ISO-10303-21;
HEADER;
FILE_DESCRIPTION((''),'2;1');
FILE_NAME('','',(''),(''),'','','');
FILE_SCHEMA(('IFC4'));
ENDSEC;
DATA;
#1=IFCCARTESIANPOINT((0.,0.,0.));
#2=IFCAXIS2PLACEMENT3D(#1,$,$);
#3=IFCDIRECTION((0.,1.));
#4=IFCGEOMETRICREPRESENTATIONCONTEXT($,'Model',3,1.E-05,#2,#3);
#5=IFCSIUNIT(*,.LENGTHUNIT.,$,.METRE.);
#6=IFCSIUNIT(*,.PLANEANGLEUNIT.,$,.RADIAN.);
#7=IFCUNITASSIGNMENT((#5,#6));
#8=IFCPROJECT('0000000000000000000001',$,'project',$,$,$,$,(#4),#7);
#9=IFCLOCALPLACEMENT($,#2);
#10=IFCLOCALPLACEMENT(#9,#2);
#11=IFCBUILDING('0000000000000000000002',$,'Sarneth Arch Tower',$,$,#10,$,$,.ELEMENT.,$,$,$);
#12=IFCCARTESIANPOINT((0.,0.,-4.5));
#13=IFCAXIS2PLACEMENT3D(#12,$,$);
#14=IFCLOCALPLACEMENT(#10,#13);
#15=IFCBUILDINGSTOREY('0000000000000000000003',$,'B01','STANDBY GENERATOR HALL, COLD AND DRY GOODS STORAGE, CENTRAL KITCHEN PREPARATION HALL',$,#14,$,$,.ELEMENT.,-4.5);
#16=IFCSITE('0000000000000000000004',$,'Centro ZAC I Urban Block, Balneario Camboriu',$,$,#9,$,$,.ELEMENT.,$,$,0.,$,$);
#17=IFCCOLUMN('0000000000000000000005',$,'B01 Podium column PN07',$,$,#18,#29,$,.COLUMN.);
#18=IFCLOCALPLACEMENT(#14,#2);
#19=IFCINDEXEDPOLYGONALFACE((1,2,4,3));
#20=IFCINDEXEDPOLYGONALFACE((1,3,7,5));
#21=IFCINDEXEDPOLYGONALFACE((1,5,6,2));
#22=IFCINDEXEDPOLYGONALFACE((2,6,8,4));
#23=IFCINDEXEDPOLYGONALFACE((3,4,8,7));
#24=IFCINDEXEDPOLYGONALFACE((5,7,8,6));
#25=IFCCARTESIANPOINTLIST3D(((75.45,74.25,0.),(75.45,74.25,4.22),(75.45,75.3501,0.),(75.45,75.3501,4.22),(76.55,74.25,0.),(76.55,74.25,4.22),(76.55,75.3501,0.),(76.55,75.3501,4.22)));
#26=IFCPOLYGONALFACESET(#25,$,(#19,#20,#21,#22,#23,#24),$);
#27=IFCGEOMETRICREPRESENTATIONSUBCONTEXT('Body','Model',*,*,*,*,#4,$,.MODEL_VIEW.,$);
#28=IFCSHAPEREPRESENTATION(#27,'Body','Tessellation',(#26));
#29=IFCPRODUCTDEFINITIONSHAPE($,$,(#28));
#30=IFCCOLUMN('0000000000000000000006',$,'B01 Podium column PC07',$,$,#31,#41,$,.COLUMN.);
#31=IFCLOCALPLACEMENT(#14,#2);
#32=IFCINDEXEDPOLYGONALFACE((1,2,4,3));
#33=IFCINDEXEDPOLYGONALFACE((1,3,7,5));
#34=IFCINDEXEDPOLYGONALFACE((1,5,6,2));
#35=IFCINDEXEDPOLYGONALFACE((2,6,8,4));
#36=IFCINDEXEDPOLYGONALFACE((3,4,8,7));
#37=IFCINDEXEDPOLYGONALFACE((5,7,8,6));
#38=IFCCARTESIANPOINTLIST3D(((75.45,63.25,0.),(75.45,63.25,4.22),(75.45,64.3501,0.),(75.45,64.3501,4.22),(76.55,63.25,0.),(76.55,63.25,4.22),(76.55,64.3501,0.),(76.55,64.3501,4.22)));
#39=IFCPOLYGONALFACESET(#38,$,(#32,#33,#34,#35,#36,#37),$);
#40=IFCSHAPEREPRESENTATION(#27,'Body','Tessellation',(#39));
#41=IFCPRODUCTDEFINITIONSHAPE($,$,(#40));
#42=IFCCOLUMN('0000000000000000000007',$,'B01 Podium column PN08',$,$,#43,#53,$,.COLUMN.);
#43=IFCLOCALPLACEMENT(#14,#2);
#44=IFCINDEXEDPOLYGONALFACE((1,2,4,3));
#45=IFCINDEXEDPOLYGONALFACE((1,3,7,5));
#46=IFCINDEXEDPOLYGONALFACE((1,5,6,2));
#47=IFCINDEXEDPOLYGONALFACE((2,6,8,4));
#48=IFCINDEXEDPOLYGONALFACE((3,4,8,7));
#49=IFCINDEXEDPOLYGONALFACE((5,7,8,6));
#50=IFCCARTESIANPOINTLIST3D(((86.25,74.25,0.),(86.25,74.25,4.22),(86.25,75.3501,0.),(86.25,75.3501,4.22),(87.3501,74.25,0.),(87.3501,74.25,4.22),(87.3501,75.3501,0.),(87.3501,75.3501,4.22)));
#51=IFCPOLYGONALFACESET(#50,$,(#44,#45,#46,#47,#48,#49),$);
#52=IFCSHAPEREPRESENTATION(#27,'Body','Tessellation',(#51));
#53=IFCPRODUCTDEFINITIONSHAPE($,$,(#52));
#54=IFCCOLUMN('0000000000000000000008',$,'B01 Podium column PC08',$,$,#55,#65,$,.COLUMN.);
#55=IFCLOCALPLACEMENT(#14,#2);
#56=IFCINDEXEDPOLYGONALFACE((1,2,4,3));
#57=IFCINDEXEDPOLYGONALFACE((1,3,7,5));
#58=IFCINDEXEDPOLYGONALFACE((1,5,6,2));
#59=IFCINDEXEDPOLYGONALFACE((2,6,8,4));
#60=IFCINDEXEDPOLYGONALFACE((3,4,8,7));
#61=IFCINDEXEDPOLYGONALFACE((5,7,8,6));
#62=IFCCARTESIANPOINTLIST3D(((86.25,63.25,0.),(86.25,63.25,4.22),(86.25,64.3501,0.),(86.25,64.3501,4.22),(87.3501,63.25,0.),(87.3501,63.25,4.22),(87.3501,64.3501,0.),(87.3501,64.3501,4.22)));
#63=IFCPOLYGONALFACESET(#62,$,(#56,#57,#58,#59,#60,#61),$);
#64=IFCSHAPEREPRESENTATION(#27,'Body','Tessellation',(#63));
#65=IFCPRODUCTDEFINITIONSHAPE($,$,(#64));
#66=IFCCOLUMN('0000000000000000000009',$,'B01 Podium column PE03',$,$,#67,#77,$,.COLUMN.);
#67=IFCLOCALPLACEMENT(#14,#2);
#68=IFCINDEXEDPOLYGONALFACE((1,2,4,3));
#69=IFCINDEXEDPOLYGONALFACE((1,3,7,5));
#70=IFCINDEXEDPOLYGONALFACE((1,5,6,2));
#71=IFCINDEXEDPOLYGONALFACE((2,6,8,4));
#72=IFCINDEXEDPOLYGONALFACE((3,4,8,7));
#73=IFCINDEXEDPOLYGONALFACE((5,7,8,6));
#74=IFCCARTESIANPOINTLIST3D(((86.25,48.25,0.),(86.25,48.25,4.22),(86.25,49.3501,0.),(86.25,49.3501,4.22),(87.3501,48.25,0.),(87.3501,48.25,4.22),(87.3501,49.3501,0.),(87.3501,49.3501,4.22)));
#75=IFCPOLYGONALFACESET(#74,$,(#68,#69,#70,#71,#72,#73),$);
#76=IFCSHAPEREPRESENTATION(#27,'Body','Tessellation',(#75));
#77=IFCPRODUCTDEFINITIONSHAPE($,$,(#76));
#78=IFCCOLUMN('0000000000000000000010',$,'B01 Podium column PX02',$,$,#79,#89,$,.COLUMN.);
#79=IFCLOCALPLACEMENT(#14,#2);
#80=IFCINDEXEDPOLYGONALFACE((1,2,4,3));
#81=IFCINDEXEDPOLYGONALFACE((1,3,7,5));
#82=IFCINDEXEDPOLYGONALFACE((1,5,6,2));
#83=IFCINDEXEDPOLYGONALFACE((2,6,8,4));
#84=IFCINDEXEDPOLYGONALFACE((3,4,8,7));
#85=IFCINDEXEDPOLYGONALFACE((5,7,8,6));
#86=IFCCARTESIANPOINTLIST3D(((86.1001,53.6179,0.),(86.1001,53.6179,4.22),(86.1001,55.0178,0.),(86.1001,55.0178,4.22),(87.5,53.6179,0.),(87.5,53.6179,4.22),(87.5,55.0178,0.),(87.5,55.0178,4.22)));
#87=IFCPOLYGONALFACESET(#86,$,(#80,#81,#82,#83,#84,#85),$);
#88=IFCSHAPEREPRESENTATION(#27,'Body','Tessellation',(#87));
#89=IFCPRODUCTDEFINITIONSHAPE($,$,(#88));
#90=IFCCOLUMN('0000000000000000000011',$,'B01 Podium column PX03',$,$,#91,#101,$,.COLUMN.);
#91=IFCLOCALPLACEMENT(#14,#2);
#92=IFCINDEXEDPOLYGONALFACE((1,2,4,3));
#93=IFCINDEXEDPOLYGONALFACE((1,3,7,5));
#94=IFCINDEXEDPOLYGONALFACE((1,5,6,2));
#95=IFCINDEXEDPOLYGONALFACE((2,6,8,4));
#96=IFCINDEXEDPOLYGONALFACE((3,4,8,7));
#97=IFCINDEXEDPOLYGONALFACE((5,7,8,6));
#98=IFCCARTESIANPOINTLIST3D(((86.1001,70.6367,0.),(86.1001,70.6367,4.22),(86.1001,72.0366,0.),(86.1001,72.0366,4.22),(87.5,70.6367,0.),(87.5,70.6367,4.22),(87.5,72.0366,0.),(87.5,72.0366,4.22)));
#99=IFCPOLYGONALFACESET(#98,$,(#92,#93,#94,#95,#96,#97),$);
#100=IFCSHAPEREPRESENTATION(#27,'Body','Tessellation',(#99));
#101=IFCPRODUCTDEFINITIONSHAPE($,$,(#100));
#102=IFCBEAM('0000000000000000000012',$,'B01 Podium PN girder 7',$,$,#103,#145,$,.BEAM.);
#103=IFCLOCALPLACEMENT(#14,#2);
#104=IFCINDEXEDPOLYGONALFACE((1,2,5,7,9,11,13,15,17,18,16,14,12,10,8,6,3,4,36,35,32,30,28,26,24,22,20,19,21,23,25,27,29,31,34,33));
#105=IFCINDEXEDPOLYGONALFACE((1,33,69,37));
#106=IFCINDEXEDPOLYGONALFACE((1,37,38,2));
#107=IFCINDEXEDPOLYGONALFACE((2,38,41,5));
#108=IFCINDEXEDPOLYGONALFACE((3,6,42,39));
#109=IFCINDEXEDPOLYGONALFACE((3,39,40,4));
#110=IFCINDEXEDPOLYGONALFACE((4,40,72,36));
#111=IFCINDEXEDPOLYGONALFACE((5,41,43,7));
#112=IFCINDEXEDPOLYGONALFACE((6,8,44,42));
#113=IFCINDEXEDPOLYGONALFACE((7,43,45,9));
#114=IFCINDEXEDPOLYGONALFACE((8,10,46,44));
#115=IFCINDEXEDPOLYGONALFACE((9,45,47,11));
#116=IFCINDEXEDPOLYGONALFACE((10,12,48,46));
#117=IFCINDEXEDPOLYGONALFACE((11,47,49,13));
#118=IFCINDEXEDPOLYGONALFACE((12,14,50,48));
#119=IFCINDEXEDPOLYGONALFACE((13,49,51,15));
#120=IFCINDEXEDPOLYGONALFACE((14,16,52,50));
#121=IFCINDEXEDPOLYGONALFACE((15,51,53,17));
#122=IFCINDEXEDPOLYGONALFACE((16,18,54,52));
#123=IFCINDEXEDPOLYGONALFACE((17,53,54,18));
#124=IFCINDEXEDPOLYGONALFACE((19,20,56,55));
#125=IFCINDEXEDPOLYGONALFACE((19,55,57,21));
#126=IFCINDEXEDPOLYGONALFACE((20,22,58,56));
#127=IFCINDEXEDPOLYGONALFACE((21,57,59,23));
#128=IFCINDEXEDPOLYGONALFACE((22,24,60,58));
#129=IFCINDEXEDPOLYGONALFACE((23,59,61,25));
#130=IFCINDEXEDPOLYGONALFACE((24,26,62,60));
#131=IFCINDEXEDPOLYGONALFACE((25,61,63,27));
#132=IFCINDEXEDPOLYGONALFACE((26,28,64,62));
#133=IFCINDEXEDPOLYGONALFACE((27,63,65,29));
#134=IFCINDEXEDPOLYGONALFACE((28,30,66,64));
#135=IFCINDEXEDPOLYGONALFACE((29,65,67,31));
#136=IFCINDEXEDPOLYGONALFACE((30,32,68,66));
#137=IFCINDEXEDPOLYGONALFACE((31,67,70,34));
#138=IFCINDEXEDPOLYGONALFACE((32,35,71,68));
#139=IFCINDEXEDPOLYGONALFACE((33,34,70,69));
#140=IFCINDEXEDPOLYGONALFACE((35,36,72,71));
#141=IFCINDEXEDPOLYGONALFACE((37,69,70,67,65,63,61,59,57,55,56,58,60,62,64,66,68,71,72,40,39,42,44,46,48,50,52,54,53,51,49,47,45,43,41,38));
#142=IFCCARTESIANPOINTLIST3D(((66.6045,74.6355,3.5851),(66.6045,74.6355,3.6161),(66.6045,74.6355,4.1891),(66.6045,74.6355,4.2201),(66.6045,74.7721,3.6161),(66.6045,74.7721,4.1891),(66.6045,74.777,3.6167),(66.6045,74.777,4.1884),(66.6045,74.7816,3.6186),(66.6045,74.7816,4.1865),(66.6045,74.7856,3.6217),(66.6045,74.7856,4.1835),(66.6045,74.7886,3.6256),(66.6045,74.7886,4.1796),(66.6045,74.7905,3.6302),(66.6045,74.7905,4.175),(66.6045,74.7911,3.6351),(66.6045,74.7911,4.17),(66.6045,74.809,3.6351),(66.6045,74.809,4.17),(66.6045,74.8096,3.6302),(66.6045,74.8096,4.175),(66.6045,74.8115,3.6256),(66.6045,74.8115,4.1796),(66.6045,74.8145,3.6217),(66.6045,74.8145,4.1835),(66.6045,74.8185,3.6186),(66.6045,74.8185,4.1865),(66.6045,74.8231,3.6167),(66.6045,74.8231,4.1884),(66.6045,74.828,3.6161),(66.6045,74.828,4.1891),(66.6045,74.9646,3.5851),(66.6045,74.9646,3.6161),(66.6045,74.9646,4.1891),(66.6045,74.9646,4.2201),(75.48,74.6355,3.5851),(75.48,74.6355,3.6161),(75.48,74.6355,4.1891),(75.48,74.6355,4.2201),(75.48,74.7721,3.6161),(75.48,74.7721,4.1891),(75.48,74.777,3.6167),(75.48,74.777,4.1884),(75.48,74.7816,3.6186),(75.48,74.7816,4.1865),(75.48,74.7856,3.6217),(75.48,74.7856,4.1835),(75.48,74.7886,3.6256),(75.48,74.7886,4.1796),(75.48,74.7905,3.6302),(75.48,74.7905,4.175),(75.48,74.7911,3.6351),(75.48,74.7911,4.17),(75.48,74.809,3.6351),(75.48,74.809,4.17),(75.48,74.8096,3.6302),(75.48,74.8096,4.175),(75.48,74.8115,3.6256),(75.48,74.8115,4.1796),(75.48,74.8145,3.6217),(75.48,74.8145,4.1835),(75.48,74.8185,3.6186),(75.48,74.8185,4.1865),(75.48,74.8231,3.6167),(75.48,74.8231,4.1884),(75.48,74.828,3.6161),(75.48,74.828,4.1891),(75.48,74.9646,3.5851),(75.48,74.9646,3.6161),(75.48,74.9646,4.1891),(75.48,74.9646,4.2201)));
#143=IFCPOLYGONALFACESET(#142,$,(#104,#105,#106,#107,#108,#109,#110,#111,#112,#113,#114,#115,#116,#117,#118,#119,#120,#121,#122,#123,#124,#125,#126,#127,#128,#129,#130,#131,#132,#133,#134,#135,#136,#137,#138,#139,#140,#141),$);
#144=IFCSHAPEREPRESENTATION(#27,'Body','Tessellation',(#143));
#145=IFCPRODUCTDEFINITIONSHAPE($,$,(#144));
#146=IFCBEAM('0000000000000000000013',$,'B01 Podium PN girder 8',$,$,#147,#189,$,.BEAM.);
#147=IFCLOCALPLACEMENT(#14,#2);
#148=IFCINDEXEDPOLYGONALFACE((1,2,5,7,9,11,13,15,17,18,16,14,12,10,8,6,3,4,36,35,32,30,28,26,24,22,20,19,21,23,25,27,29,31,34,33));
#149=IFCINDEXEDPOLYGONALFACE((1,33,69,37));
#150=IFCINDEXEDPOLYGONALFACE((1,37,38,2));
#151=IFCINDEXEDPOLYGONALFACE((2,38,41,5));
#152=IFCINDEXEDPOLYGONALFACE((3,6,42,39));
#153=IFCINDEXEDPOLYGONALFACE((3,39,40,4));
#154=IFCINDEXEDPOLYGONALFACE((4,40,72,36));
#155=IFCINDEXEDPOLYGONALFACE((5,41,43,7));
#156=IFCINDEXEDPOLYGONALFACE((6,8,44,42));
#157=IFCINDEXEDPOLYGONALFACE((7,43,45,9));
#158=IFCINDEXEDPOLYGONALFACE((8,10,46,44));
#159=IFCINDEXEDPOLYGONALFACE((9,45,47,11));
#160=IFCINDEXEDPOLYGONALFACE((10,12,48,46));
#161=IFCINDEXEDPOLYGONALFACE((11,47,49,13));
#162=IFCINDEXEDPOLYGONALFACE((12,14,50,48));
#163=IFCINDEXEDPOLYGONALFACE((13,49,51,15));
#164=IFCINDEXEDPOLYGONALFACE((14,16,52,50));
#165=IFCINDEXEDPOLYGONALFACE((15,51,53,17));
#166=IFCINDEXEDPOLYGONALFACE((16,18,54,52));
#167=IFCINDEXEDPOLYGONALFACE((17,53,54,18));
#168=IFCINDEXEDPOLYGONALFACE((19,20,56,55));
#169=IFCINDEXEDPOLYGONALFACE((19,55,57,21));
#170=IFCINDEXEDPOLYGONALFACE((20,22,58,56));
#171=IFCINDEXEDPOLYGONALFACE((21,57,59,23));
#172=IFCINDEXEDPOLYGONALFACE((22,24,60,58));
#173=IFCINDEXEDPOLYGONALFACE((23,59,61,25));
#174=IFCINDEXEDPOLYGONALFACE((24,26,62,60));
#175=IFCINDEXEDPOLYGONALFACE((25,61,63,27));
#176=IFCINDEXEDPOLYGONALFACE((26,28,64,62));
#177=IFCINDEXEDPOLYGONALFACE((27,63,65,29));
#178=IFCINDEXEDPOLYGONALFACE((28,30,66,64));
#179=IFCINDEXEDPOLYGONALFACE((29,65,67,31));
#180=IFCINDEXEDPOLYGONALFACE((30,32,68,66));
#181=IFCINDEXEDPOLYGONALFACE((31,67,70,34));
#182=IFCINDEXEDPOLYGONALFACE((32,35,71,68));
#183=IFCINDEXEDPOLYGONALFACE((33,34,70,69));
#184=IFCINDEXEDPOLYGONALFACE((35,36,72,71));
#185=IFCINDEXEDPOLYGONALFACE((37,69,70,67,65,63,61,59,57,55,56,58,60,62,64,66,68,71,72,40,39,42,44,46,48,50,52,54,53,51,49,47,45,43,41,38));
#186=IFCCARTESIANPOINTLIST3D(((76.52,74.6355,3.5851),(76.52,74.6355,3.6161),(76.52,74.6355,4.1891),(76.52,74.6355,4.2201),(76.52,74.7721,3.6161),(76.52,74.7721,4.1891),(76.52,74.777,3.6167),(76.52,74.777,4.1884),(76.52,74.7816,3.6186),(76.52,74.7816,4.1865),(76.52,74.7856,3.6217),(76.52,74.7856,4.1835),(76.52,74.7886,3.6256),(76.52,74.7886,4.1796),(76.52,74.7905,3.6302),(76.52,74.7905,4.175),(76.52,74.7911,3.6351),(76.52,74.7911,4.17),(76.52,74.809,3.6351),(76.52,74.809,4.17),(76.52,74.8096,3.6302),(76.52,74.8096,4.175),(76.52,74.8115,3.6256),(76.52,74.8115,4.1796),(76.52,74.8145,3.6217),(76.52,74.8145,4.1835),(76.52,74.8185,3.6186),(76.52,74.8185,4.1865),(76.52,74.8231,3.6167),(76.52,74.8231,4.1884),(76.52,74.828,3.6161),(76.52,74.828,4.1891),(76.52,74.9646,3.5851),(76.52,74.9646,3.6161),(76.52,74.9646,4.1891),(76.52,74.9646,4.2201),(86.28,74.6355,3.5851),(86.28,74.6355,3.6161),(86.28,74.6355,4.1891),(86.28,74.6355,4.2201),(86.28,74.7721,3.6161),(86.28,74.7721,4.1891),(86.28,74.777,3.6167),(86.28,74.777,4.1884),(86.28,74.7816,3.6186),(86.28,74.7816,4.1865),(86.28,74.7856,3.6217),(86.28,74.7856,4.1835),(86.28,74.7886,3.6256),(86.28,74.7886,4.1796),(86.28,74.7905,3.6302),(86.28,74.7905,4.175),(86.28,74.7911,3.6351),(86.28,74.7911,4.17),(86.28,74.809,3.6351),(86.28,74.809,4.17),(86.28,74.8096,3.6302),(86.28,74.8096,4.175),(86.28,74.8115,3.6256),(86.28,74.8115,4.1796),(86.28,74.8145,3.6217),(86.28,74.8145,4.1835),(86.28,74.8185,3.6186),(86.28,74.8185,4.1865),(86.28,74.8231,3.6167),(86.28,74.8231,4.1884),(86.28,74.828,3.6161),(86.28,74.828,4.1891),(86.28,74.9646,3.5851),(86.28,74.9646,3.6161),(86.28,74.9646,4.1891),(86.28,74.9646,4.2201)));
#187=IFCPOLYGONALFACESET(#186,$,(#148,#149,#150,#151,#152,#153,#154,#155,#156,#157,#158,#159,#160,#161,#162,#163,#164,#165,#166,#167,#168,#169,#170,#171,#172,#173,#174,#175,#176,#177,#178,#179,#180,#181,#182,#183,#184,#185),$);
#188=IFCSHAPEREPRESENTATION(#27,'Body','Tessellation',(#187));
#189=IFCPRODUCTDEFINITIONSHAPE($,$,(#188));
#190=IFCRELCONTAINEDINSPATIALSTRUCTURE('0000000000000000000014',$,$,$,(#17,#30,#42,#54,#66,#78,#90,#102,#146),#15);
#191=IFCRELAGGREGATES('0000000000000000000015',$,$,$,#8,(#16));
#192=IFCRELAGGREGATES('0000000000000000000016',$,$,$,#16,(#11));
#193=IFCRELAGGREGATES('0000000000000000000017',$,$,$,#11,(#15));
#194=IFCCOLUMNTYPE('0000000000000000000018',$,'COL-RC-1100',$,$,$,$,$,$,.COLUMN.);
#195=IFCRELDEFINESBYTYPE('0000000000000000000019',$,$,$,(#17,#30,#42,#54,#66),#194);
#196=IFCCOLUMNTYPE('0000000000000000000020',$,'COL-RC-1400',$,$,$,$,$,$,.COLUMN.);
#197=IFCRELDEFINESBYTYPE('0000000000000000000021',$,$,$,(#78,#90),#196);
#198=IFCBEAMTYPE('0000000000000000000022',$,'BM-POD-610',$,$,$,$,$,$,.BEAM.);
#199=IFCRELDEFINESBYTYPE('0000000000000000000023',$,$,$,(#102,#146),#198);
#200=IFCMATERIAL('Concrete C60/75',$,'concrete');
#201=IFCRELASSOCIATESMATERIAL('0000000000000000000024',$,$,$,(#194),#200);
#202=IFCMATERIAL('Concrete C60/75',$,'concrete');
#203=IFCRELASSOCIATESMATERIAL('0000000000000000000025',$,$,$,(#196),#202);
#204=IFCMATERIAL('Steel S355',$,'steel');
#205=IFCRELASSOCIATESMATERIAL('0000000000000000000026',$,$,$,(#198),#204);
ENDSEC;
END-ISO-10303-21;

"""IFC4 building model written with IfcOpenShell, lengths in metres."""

from ifc_helpers import new_model, si_unit, direction, frame, origin, origin_2d, place, context, subcontext, project, spatial, rectangle, i_section, extrude, material, material_profile, profile_set, type_object, element, save


model = new_model("IFC4")

# Units and contexts
model_context = context("Model", 3, precision=1e-05, world=origin(), true_north=direction((0.0, 1.0)))
body_context = subcontext(model_context, "Body", "Model", "MODEL_VIEW")
ifc_project = project(units=[si_unit("LENGTHUNIT", "METRE"), si_unit("PLANEANGLEUNIT", "RADIAN")], contexts=[model_context])

# Site, building, storey
site_placement = place(None, origin())
site = spatial("IfcSite", under=ifc_project, at=site_placement, Name="Centro ZAC I Urban Block, Balneario Camboriu", CompositionType="ELEMENT", RefElevation=0.0)
building_placement = place(site_placement, origin())
building = spatial("IfcBuilding", under=site, at=building_placement, Name="Sarneth Arch Tower", CompositionType="ELEMENT")
storey_placement = place(building_placement, frame((0.0, 0.0, -4.5)))
storey = spatial("IfcBuildingStorey", under=building, at=storey_placement, Name="B01", Description="STANDBY GENERATOR HALL, COLD AND DRY GOODS STORAGE, CENTRAL KITCHEN PREPARATION HALL", CompositionType="ELEMENT", Elevation=-4.5)

# Columns
ifc_material_1 = material(Name="Concrete C60/75", Category="concrete")
ifc_material_profile_1 = material_profile(ifc_material_1, rectangle(XDim=1.1001, YDim=1.1001, at=origin_2d()), Name="RC-1100x1100")
ifc_profile_set_1 = profile_set([ifc_material_profile_1], Name="Concrete C60/75")
column_type_1 = type_object("IfcColumnType", Name="COL-RC-1100", PredefinedType="COLUMN", material=ifc_profile_set_1)
for number, where, z_axis, x_axis, name in (
    (1, (76.0, 74.8, 0.0), (0.0, 0.0, 1.0), (1.0, 0.0, 0.0), "B01 Podium column PN07"),
    (2, (76.0, 63.8, 0.0), (0.0, 0.0, 1.0), (1.0, 0.0, 0.0), "B01 Podium column PC07"),
    (3, (86.8, 74.8, 0.0), (0.0, 0.0, 1.0), (1.0, 0.0, 0.0), "B01 Podium column PN08"),
    (4, (86.8, 63.8, 0.0), (0.0, 0.0, 1.0), (1.0, 0.0, 0.0), "B01 Podium column PC08"),
    (5, (86.8, 48.8, 0.0), (0.0, 0.0, 1.0), (1.0, 0.0, 0.0), "B01 Podium column PE03"),
):
    element("IfcColumn", number, at=place(storey_placement, frame(where, z_axis=z_axis, x_axis=x_axis)), inside=storey, type_object=column_type_1, Name=name, PredefinedType="COLUMN", context=body_context, shape_type="SweptSolid", body=[
        extrude(rectangle(XDim=1.1001, YDim=1.1001, at=origin_2d()), origin(), (0.0, 0.0, 1.0), 4.22),
    ])
ifc_material_2 = material(Name="Concrete C60/75", Category="concrete")
ifc_material_profile_2 = material_profile(ifc_material_2, rectangle(XDim=1.3999, YDim=1.3999, at=origin_2d()), Name="RC-1400x1400")
ifc_profile_set_2 = profile_set([ifc_material_profile_2], Name="Concrete C60/75")
column_type_2 = type_object("IfcColumnType", Name="COL-RC-1400", PredefinedType="COLUMN", material=ifc_profile_set_2)
for number, where, z_axis, x_axis, name in (
    (6, (86.8, 54.3179, 0.0), (0.0, 0.0, 1.0), (1.0, 0.0, 0.0), "B01 Podium column PX02"),
    (7, (86.8, 71.3367, 0.0), (0.0, 0.0, 1.0), (1.0, 0.0, 0.0), "B01 Podium column PX03"),
):
    element("IfcColumn", number, at=place(storey_placement, frame(where, z_axis=z_axis, x_axis=x_axis)), inside=storey, type_object=column_type_2, Name=name, PredefinedType="COLUMN", context=body_context, shape_type="SweptSolid", body=[
        extrude(rectangle(XDim=1.3999, YDim=1.3999, at=origin_2d()), origin(), (0.0, 0.0, 1.0), 4.22),
    ])

# Beams
ifc_material_3 = material(Name="Steel S355", Category="steel")
ifc_material_profile_3 = material_profile(ifc_material_3, i_section(OverallWidth=0.3291, OverallDepth=0.635, WebThickness=0.0178, FlangeThickness=0.031, FilletRadius=0.019, at=origin_2d()), Name="W610x241")
ifc_profile_set_3 = profile_set([ifc_material_profile_3], Name="Steel S355")
beam_type = type_object("IfcBeamType", Name="BM-POD-610", PredefinedType="BEAM", material=ifc_profile_set_3)
beam_1_placement = place(storey_placement, frame((66.6045, 74.8, 3.9026), z_axis=(1.0, 0.0, 0.0), x_axis=(0.0, 1.0, 0.0)))
element("IfcBeam", 8, at=beam_1_placement, inside=storey, type_object=beam_type, Name="B01 Podium PN girder 7", PredefinedType="BEAM", context=body_context, shape_type="SweptSolid", body=[
    extrude(i_section(OverallWidth=0.3291, OverallDepth=0.635, WebThickness=0.0178, FlangeThickness=0.031, FilletRadius=0.019, at=origin_2d()), origin(), (0.0, 0.0, 1.0), 8.8755),
])
for number, where, z_axis, x_axis, name in (
    (9, (76.52, 74.8, 3.9026), (1.0, 0.0, 0.0), (0.0, 1.0, 0.0), "B01 Podium PN girder 8"),
):
    element("IfcBeam", number, at=place(storey_placement, frame(where, z_axis=z_axis, x_axis=x_axis)), inside=storey, type_object=beam_type, Name=name, PredefinedType="BEAM", context=body_context, shape_type="SweptSolid", body=[
        extrude(i_section(OverallWidth=0.3291, OverallDepth=0.635, WebThickness=0.0178, FlangeThickness=0.031, FilletRadius=0.019, at=origin_2d()), origin(), (0.0, 0.0, 1.0), 9.76),
    ])

save(model, "model.ifc")
